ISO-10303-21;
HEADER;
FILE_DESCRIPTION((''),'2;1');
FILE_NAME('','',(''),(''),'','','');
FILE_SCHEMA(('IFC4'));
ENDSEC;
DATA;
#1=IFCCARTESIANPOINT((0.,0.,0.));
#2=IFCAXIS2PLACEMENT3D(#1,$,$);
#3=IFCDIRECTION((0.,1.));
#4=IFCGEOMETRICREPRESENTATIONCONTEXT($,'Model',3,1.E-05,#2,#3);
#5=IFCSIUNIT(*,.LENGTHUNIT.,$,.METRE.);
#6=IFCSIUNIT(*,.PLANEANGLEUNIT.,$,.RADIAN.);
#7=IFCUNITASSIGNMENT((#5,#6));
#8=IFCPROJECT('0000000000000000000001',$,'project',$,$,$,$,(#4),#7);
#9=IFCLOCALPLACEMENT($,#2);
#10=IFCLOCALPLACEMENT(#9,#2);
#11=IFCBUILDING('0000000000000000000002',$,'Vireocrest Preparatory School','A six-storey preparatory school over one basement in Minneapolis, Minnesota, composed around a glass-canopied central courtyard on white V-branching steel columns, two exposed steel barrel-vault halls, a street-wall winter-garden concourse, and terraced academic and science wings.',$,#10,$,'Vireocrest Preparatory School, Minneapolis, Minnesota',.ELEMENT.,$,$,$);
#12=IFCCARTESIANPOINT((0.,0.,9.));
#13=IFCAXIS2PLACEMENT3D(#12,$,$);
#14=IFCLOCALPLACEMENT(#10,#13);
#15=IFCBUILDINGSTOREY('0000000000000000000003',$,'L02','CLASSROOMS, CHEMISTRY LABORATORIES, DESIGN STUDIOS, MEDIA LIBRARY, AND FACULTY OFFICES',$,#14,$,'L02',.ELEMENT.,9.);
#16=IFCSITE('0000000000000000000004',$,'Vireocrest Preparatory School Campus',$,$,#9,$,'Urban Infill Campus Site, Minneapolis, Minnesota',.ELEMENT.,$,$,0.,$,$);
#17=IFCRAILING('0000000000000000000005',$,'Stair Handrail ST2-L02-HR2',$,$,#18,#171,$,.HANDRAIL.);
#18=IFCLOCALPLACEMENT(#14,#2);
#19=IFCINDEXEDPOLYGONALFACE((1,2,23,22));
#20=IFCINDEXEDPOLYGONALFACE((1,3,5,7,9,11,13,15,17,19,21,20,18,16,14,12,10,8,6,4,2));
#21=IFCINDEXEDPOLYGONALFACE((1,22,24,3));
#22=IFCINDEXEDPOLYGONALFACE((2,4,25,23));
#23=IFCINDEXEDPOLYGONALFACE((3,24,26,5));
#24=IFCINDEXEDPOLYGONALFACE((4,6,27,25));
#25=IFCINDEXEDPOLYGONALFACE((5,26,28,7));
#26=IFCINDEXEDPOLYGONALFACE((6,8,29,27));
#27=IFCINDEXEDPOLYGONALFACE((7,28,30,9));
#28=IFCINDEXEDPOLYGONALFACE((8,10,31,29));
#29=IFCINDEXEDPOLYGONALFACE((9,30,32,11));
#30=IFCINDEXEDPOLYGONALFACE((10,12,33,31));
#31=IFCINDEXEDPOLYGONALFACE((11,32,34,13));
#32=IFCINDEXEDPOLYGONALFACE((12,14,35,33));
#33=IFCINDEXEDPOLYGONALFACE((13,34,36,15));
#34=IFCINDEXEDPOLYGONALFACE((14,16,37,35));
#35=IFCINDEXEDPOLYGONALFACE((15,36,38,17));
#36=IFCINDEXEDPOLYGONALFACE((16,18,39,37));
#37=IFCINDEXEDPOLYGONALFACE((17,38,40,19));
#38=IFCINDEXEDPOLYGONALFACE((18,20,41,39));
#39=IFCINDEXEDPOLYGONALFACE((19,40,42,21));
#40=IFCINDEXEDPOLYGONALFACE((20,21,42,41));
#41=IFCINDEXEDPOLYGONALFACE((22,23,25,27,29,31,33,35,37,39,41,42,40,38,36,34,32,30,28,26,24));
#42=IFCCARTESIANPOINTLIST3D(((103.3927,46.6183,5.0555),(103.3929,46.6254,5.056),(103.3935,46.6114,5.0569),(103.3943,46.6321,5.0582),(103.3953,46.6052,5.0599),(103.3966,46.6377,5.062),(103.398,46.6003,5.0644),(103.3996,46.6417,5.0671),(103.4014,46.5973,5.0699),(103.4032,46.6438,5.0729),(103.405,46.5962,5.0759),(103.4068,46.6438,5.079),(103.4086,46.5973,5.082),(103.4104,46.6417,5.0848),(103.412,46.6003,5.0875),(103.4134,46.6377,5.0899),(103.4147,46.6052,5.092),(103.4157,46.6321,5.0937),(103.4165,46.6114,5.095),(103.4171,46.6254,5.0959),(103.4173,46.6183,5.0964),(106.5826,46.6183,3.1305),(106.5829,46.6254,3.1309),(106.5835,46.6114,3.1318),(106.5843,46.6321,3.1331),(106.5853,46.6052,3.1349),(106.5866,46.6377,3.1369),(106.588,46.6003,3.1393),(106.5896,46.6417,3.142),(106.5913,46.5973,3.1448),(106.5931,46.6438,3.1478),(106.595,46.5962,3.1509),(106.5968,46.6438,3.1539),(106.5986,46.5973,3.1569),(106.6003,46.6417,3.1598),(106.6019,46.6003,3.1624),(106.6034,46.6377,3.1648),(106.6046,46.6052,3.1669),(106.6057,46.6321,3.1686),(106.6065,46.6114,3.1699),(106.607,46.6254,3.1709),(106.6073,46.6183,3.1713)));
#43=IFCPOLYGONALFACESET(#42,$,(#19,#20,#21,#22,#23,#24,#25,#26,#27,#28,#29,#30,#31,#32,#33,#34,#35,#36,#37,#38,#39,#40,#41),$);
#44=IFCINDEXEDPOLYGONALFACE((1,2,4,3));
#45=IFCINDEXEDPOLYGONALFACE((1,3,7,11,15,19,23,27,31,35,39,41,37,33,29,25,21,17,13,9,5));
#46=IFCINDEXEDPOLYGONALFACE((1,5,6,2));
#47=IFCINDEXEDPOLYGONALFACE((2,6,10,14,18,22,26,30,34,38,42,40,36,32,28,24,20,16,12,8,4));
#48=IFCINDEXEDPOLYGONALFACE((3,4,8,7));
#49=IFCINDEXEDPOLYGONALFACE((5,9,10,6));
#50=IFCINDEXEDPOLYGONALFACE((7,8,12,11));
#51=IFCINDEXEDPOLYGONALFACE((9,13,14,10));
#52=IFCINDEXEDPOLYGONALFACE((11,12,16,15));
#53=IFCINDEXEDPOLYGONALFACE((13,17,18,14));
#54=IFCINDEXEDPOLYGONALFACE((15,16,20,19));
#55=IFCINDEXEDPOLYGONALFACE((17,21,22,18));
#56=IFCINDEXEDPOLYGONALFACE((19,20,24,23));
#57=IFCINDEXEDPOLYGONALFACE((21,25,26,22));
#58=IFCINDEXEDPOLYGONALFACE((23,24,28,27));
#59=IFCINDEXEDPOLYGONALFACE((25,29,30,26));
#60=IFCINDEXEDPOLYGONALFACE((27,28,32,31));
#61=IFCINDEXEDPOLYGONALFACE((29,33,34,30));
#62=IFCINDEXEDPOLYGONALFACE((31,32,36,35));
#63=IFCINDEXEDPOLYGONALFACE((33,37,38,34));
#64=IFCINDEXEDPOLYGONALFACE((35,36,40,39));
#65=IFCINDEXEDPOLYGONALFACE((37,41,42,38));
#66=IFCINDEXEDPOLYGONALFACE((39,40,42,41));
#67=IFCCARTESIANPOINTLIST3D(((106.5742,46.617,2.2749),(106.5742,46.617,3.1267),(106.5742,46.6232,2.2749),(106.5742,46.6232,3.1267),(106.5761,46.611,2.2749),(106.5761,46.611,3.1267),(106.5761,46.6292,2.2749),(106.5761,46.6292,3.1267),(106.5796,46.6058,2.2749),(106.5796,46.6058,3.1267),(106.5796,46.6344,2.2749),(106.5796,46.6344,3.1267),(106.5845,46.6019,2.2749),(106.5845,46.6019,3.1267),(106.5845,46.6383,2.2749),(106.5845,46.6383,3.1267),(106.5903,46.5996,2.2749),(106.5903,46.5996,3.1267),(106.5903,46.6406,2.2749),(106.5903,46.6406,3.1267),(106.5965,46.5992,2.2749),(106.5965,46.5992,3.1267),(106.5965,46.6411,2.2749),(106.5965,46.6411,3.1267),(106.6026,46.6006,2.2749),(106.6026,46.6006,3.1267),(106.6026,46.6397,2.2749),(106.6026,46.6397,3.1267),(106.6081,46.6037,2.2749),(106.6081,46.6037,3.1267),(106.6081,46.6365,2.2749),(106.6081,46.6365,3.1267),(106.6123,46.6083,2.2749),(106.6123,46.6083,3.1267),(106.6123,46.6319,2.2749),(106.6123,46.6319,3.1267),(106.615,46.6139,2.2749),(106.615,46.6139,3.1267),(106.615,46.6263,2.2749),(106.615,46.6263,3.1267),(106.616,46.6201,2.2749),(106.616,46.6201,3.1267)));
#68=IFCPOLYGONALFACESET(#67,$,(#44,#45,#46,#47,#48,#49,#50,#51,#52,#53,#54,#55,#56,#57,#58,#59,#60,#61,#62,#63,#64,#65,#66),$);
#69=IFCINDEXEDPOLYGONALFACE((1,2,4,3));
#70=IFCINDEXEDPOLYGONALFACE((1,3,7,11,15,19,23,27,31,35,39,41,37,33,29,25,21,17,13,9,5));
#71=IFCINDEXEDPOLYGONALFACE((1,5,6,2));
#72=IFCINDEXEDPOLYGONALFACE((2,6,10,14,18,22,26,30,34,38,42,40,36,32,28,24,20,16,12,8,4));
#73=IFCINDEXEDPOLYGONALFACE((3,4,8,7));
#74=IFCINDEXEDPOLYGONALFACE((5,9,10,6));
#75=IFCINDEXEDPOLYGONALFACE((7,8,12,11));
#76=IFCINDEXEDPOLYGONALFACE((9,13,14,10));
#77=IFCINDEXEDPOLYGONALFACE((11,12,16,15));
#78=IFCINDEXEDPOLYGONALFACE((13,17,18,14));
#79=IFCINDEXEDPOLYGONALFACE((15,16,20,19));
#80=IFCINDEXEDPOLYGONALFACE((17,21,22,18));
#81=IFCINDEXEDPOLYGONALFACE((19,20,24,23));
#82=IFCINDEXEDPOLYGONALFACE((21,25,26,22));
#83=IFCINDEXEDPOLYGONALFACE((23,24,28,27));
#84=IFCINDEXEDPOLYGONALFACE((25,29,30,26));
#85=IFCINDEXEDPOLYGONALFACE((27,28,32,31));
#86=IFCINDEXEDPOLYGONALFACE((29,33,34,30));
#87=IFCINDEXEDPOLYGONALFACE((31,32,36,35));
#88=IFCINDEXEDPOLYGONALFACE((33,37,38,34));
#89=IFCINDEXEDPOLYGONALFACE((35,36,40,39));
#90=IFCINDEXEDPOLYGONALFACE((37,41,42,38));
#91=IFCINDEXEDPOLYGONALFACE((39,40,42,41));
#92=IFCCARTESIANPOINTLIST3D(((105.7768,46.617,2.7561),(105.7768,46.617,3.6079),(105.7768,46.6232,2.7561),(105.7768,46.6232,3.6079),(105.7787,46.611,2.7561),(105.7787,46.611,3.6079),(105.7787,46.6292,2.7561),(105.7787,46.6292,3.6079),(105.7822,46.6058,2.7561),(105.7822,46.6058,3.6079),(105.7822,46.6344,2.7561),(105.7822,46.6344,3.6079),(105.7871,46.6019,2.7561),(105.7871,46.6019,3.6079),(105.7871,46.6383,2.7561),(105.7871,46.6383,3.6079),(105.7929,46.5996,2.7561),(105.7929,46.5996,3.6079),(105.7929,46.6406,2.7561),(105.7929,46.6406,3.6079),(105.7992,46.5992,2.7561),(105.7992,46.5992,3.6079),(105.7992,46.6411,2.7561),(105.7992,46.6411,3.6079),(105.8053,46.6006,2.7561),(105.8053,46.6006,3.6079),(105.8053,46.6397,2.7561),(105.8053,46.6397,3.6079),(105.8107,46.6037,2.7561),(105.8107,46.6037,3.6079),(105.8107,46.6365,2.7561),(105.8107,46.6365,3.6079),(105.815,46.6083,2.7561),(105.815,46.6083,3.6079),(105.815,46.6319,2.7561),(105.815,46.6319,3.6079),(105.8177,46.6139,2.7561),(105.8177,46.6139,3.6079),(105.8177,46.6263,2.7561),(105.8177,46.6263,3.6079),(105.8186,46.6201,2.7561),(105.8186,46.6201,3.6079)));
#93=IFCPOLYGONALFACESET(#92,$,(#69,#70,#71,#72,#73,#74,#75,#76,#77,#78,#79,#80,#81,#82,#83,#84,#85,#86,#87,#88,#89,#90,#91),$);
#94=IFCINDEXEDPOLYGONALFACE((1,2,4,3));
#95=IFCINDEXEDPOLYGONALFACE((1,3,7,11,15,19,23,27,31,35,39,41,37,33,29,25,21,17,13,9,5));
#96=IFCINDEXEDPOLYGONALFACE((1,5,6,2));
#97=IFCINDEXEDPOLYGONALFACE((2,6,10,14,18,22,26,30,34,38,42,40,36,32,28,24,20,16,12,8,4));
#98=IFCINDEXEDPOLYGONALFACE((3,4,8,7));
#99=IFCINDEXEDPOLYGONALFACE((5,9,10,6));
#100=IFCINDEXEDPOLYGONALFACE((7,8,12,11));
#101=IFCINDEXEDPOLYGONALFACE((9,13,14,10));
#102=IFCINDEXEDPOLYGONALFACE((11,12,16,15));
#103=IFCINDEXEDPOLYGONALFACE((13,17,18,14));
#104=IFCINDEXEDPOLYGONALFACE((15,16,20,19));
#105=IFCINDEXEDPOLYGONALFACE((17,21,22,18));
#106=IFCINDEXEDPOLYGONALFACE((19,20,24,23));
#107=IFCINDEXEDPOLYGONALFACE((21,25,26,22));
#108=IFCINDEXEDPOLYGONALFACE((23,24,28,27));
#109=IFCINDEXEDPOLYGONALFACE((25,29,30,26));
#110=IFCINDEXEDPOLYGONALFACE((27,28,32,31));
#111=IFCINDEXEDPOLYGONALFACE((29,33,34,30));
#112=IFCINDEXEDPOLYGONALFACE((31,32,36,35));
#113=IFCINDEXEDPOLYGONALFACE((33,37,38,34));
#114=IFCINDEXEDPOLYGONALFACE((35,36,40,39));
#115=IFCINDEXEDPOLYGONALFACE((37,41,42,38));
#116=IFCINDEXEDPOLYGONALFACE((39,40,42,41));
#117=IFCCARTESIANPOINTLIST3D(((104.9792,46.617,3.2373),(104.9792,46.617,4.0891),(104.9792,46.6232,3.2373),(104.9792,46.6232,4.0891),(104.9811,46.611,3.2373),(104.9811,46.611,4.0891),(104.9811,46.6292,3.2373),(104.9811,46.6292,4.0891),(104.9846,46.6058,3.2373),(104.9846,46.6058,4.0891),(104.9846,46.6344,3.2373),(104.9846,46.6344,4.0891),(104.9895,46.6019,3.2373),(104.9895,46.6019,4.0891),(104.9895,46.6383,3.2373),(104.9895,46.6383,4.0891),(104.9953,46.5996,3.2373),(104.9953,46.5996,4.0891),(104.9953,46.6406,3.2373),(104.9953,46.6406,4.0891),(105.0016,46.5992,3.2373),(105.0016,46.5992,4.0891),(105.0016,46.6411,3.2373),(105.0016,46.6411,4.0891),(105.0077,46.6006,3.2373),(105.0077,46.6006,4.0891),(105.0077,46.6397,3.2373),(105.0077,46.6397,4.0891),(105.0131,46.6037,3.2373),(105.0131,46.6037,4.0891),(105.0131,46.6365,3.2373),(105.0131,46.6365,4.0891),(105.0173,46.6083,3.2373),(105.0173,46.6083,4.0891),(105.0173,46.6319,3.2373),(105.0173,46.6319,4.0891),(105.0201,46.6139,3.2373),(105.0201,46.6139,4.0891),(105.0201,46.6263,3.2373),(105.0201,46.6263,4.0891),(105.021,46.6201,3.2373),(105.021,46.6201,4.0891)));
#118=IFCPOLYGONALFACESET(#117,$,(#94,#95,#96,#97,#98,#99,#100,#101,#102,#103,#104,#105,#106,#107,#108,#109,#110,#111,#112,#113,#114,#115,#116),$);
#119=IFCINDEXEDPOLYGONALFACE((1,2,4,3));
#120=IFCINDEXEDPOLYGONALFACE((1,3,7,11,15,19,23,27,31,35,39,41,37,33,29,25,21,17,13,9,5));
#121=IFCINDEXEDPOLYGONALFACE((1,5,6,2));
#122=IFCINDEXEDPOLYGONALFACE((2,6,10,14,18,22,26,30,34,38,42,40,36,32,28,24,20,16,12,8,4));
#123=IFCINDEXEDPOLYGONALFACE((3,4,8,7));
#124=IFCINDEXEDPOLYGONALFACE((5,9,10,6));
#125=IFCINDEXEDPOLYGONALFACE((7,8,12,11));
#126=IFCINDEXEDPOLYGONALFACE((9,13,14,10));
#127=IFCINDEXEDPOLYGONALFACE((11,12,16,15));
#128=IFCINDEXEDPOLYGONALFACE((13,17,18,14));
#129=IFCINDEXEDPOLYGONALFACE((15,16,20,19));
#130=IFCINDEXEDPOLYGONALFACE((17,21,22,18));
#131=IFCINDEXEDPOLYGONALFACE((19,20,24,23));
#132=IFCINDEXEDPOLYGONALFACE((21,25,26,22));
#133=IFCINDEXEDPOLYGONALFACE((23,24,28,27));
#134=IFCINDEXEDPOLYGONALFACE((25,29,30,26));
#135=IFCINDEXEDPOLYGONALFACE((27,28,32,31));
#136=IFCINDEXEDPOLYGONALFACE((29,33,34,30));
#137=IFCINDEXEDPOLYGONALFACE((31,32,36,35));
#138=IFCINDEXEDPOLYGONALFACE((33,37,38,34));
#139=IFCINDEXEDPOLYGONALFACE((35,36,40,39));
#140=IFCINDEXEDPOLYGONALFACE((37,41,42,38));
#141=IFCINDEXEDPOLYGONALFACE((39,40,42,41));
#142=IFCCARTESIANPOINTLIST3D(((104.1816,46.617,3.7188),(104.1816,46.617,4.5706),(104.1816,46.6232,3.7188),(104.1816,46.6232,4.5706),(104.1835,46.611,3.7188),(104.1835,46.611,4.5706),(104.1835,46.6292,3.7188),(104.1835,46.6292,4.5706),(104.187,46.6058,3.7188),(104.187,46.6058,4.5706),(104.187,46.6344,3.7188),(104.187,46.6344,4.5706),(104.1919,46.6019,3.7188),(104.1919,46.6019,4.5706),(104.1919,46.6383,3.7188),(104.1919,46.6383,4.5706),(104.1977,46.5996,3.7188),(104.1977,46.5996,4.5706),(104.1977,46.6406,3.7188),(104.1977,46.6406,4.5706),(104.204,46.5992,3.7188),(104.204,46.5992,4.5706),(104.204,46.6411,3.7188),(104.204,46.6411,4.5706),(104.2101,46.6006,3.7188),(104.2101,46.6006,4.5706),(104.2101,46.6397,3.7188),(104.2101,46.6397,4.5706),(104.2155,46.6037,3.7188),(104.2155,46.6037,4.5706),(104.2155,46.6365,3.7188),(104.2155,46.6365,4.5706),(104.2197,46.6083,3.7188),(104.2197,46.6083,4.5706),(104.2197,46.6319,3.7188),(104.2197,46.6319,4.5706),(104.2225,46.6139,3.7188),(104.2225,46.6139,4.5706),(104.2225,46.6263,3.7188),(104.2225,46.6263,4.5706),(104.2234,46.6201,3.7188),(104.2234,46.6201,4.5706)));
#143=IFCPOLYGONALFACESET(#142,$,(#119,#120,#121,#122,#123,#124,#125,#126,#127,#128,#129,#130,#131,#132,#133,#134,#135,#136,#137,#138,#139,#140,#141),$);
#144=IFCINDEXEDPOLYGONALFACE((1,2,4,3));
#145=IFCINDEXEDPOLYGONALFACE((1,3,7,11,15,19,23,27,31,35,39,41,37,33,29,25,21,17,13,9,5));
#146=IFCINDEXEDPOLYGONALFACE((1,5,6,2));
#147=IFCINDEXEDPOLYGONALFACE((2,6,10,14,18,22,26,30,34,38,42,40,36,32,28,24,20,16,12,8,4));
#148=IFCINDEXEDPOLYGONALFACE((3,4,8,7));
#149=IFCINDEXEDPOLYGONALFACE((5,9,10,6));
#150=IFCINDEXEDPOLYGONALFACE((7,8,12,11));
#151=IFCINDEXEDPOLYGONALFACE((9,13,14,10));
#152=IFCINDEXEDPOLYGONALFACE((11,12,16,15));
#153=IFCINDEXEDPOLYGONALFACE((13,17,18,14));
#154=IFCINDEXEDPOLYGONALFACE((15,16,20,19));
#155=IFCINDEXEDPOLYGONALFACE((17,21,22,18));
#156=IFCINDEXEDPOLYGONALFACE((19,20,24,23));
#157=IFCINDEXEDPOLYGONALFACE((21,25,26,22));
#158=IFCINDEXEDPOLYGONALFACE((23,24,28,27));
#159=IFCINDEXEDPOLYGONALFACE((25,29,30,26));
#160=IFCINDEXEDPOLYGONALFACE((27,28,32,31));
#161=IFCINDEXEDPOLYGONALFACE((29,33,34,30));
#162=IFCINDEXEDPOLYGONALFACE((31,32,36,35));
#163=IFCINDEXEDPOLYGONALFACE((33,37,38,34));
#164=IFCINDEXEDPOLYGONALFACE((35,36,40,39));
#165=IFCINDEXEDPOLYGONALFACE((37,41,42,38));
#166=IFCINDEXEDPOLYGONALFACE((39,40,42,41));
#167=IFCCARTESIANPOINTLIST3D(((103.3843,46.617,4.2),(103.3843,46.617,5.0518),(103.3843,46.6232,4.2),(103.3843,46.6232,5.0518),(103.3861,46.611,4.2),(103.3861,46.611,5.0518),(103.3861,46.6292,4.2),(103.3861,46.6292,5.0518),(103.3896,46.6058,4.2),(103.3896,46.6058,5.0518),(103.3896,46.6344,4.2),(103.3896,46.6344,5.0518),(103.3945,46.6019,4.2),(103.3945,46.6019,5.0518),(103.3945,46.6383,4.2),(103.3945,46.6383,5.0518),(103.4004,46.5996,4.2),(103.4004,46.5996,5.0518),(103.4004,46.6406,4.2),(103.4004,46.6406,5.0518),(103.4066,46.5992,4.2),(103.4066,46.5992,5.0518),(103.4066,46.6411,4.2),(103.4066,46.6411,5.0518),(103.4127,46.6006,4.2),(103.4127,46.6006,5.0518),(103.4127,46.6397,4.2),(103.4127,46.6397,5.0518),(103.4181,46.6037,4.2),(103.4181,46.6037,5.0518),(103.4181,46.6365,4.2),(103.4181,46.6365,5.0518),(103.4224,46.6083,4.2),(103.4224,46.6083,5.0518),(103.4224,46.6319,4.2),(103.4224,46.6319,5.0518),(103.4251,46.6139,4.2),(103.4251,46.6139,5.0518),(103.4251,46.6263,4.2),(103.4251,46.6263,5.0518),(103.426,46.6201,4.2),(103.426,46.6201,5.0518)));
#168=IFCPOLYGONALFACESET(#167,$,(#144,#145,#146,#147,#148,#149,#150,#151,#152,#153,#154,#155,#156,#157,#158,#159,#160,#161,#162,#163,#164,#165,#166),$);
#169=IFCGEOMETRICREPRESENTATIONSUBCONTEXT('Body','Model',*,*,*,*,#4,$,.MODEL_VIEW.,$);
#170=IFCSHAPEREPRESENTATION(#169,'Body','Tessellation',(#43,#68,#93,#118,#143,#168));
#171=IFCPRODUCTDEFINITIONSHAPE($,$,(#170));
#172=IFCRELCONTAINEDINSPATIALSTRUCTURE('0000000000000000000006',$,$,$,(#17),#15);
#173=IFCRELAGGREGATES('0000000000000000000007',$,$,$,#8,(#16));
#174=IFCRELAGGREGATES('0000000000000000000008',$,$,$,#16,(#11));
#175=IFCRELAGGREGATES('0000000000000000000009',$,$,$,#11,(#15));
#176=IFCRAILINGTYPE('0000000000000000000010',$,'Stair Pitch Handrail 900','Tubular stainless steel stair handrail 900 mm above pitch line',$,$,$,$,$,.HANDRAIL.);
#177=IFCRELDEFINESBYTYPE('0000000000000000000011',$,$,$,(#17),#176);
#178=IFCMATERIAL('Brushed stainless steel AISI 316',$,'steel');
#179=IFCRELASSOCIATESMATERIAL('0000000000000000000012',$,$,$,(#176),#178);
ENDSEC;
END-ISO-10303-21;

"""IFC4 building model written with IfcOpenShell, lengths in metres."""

from ifc_helpers import new_model, si_unit, direction, frame, origin, origin_2d, place, context, subcontext, project, spatial, circle, extrude, material, type_object, element, save


model = new_model("IFC4")

# Units and contexts
model_context = context("Model", 3, precision=1e-05, world=origin(), true_north=direction((0.0, 1.0)))
body_context = subcontext(model_context, "Body", "Model", "MODEL_VIEW")
ifc_project = project(units=[si_unit("LENGTHUNIT", "METRE"), si_unit("PLANEANGLEUNIT", "RADIAN")], contexts=[model_context])

# Site, building, storey
site_placement = place(None, origin())
site = spatial("IfcSite", under=ifc_project, at=site_placement, Name="Vireocrest Preparatory School Campus", LongName="Urban Infill Campus Site, Minneapolis, Minnesota", CompositionType="ELEMENT", RefElevation=0.0)
building_placement = place(site_placement, origin())
building = spatial("IfcBuilding", under=site, at=building_placement, Name="Vireocrest Preparatory School", Description="A six-storey preparatory school over one basement in Minneapolis, Minnesota, composed around a glass-canopied central courtyard on white V-branching steel columns, two exposed steel barrel-vault halls, a street-wall winter-garden concourse, and terraced academic and science wings.", LongName="Vireocrest Preparatory School, Minneapolis, Minnesota", CompositionType="ELEMENT")
storey_placement = place(building_placement, frame((0.0, 0.0, 9.0)))
storey = spatial("IfcBuildingStorey", under=building, at=storey_placement, Name="L02", Description="CLASSROOMS, CHEMISTRY LABORATORIES, DESIGN STUDIOS, MEDIA LIBRARY, AND FACULTY OFFICES", LongName="L02", CompositionType="ELEMENT", Elevation=9.0)

# Railing
ifc_material_1 = material(Name="Brushed stainless steel AISI 316", Category="steel")
railing_type_1 = type_object("IfcRailingType", Name="Stair Pitch Handrail 900", Description="Tubular stainless steel stair handrail 900 mm above pitch line", PredefinedType="HANDRAIL", material=ifc_material_1)
railing_1_placement = place(storey_placement, frame((106.595, 46.6201, 2.2749)))
element("IfcRailing", 1, at=railing_1_placement, inside=storey, type_object=railing_type_1, Name="Stair Handrail ST2-L02-HR2", PredefinedType="HANDRAIL", context=body_context, shape_type="SweptSolid", body=[
    extrude(circle(Radius=0.0239, at=origin_2d()), frame((0.0, 0.0, 0.876), z_axis=(-0.856178, 0.0, 0.516682), x_axis=(0.0, -1.0, 0.0)), (0.0, 0.0, 1.0), 3.7258),
    extrude(circle(Radius=0.021, at=origin_2d()), origin(), (0.0, 0.0, 1.0), 0.8518),
    extrude(circle(Radius=0.021, at=origin_2d()), frame((-0.7974, 0.0, 0.4812)), (0.0, 0.0, 1.0), 0.8518),
    extrude(circle(Radius=0.021, at=origin_2d()), frame((-1.595, 0.0, 0.9624)), (0.0, 0.0, 1.0), 0.8518),
    extrude(circle(Radius=0.021, at=origin_2d()), frame((-2.3926, 0.0, 1.4438)), (0.0, 0.0, 1.0), 0.8518),
    extrude(circle(Radius=0.021, at=origin_2d()), frame((-3.1899, 0.0, 1.925)), (0.0, 0.0, 1.0), 0.8518),
])

save(model, "model.ifc")
